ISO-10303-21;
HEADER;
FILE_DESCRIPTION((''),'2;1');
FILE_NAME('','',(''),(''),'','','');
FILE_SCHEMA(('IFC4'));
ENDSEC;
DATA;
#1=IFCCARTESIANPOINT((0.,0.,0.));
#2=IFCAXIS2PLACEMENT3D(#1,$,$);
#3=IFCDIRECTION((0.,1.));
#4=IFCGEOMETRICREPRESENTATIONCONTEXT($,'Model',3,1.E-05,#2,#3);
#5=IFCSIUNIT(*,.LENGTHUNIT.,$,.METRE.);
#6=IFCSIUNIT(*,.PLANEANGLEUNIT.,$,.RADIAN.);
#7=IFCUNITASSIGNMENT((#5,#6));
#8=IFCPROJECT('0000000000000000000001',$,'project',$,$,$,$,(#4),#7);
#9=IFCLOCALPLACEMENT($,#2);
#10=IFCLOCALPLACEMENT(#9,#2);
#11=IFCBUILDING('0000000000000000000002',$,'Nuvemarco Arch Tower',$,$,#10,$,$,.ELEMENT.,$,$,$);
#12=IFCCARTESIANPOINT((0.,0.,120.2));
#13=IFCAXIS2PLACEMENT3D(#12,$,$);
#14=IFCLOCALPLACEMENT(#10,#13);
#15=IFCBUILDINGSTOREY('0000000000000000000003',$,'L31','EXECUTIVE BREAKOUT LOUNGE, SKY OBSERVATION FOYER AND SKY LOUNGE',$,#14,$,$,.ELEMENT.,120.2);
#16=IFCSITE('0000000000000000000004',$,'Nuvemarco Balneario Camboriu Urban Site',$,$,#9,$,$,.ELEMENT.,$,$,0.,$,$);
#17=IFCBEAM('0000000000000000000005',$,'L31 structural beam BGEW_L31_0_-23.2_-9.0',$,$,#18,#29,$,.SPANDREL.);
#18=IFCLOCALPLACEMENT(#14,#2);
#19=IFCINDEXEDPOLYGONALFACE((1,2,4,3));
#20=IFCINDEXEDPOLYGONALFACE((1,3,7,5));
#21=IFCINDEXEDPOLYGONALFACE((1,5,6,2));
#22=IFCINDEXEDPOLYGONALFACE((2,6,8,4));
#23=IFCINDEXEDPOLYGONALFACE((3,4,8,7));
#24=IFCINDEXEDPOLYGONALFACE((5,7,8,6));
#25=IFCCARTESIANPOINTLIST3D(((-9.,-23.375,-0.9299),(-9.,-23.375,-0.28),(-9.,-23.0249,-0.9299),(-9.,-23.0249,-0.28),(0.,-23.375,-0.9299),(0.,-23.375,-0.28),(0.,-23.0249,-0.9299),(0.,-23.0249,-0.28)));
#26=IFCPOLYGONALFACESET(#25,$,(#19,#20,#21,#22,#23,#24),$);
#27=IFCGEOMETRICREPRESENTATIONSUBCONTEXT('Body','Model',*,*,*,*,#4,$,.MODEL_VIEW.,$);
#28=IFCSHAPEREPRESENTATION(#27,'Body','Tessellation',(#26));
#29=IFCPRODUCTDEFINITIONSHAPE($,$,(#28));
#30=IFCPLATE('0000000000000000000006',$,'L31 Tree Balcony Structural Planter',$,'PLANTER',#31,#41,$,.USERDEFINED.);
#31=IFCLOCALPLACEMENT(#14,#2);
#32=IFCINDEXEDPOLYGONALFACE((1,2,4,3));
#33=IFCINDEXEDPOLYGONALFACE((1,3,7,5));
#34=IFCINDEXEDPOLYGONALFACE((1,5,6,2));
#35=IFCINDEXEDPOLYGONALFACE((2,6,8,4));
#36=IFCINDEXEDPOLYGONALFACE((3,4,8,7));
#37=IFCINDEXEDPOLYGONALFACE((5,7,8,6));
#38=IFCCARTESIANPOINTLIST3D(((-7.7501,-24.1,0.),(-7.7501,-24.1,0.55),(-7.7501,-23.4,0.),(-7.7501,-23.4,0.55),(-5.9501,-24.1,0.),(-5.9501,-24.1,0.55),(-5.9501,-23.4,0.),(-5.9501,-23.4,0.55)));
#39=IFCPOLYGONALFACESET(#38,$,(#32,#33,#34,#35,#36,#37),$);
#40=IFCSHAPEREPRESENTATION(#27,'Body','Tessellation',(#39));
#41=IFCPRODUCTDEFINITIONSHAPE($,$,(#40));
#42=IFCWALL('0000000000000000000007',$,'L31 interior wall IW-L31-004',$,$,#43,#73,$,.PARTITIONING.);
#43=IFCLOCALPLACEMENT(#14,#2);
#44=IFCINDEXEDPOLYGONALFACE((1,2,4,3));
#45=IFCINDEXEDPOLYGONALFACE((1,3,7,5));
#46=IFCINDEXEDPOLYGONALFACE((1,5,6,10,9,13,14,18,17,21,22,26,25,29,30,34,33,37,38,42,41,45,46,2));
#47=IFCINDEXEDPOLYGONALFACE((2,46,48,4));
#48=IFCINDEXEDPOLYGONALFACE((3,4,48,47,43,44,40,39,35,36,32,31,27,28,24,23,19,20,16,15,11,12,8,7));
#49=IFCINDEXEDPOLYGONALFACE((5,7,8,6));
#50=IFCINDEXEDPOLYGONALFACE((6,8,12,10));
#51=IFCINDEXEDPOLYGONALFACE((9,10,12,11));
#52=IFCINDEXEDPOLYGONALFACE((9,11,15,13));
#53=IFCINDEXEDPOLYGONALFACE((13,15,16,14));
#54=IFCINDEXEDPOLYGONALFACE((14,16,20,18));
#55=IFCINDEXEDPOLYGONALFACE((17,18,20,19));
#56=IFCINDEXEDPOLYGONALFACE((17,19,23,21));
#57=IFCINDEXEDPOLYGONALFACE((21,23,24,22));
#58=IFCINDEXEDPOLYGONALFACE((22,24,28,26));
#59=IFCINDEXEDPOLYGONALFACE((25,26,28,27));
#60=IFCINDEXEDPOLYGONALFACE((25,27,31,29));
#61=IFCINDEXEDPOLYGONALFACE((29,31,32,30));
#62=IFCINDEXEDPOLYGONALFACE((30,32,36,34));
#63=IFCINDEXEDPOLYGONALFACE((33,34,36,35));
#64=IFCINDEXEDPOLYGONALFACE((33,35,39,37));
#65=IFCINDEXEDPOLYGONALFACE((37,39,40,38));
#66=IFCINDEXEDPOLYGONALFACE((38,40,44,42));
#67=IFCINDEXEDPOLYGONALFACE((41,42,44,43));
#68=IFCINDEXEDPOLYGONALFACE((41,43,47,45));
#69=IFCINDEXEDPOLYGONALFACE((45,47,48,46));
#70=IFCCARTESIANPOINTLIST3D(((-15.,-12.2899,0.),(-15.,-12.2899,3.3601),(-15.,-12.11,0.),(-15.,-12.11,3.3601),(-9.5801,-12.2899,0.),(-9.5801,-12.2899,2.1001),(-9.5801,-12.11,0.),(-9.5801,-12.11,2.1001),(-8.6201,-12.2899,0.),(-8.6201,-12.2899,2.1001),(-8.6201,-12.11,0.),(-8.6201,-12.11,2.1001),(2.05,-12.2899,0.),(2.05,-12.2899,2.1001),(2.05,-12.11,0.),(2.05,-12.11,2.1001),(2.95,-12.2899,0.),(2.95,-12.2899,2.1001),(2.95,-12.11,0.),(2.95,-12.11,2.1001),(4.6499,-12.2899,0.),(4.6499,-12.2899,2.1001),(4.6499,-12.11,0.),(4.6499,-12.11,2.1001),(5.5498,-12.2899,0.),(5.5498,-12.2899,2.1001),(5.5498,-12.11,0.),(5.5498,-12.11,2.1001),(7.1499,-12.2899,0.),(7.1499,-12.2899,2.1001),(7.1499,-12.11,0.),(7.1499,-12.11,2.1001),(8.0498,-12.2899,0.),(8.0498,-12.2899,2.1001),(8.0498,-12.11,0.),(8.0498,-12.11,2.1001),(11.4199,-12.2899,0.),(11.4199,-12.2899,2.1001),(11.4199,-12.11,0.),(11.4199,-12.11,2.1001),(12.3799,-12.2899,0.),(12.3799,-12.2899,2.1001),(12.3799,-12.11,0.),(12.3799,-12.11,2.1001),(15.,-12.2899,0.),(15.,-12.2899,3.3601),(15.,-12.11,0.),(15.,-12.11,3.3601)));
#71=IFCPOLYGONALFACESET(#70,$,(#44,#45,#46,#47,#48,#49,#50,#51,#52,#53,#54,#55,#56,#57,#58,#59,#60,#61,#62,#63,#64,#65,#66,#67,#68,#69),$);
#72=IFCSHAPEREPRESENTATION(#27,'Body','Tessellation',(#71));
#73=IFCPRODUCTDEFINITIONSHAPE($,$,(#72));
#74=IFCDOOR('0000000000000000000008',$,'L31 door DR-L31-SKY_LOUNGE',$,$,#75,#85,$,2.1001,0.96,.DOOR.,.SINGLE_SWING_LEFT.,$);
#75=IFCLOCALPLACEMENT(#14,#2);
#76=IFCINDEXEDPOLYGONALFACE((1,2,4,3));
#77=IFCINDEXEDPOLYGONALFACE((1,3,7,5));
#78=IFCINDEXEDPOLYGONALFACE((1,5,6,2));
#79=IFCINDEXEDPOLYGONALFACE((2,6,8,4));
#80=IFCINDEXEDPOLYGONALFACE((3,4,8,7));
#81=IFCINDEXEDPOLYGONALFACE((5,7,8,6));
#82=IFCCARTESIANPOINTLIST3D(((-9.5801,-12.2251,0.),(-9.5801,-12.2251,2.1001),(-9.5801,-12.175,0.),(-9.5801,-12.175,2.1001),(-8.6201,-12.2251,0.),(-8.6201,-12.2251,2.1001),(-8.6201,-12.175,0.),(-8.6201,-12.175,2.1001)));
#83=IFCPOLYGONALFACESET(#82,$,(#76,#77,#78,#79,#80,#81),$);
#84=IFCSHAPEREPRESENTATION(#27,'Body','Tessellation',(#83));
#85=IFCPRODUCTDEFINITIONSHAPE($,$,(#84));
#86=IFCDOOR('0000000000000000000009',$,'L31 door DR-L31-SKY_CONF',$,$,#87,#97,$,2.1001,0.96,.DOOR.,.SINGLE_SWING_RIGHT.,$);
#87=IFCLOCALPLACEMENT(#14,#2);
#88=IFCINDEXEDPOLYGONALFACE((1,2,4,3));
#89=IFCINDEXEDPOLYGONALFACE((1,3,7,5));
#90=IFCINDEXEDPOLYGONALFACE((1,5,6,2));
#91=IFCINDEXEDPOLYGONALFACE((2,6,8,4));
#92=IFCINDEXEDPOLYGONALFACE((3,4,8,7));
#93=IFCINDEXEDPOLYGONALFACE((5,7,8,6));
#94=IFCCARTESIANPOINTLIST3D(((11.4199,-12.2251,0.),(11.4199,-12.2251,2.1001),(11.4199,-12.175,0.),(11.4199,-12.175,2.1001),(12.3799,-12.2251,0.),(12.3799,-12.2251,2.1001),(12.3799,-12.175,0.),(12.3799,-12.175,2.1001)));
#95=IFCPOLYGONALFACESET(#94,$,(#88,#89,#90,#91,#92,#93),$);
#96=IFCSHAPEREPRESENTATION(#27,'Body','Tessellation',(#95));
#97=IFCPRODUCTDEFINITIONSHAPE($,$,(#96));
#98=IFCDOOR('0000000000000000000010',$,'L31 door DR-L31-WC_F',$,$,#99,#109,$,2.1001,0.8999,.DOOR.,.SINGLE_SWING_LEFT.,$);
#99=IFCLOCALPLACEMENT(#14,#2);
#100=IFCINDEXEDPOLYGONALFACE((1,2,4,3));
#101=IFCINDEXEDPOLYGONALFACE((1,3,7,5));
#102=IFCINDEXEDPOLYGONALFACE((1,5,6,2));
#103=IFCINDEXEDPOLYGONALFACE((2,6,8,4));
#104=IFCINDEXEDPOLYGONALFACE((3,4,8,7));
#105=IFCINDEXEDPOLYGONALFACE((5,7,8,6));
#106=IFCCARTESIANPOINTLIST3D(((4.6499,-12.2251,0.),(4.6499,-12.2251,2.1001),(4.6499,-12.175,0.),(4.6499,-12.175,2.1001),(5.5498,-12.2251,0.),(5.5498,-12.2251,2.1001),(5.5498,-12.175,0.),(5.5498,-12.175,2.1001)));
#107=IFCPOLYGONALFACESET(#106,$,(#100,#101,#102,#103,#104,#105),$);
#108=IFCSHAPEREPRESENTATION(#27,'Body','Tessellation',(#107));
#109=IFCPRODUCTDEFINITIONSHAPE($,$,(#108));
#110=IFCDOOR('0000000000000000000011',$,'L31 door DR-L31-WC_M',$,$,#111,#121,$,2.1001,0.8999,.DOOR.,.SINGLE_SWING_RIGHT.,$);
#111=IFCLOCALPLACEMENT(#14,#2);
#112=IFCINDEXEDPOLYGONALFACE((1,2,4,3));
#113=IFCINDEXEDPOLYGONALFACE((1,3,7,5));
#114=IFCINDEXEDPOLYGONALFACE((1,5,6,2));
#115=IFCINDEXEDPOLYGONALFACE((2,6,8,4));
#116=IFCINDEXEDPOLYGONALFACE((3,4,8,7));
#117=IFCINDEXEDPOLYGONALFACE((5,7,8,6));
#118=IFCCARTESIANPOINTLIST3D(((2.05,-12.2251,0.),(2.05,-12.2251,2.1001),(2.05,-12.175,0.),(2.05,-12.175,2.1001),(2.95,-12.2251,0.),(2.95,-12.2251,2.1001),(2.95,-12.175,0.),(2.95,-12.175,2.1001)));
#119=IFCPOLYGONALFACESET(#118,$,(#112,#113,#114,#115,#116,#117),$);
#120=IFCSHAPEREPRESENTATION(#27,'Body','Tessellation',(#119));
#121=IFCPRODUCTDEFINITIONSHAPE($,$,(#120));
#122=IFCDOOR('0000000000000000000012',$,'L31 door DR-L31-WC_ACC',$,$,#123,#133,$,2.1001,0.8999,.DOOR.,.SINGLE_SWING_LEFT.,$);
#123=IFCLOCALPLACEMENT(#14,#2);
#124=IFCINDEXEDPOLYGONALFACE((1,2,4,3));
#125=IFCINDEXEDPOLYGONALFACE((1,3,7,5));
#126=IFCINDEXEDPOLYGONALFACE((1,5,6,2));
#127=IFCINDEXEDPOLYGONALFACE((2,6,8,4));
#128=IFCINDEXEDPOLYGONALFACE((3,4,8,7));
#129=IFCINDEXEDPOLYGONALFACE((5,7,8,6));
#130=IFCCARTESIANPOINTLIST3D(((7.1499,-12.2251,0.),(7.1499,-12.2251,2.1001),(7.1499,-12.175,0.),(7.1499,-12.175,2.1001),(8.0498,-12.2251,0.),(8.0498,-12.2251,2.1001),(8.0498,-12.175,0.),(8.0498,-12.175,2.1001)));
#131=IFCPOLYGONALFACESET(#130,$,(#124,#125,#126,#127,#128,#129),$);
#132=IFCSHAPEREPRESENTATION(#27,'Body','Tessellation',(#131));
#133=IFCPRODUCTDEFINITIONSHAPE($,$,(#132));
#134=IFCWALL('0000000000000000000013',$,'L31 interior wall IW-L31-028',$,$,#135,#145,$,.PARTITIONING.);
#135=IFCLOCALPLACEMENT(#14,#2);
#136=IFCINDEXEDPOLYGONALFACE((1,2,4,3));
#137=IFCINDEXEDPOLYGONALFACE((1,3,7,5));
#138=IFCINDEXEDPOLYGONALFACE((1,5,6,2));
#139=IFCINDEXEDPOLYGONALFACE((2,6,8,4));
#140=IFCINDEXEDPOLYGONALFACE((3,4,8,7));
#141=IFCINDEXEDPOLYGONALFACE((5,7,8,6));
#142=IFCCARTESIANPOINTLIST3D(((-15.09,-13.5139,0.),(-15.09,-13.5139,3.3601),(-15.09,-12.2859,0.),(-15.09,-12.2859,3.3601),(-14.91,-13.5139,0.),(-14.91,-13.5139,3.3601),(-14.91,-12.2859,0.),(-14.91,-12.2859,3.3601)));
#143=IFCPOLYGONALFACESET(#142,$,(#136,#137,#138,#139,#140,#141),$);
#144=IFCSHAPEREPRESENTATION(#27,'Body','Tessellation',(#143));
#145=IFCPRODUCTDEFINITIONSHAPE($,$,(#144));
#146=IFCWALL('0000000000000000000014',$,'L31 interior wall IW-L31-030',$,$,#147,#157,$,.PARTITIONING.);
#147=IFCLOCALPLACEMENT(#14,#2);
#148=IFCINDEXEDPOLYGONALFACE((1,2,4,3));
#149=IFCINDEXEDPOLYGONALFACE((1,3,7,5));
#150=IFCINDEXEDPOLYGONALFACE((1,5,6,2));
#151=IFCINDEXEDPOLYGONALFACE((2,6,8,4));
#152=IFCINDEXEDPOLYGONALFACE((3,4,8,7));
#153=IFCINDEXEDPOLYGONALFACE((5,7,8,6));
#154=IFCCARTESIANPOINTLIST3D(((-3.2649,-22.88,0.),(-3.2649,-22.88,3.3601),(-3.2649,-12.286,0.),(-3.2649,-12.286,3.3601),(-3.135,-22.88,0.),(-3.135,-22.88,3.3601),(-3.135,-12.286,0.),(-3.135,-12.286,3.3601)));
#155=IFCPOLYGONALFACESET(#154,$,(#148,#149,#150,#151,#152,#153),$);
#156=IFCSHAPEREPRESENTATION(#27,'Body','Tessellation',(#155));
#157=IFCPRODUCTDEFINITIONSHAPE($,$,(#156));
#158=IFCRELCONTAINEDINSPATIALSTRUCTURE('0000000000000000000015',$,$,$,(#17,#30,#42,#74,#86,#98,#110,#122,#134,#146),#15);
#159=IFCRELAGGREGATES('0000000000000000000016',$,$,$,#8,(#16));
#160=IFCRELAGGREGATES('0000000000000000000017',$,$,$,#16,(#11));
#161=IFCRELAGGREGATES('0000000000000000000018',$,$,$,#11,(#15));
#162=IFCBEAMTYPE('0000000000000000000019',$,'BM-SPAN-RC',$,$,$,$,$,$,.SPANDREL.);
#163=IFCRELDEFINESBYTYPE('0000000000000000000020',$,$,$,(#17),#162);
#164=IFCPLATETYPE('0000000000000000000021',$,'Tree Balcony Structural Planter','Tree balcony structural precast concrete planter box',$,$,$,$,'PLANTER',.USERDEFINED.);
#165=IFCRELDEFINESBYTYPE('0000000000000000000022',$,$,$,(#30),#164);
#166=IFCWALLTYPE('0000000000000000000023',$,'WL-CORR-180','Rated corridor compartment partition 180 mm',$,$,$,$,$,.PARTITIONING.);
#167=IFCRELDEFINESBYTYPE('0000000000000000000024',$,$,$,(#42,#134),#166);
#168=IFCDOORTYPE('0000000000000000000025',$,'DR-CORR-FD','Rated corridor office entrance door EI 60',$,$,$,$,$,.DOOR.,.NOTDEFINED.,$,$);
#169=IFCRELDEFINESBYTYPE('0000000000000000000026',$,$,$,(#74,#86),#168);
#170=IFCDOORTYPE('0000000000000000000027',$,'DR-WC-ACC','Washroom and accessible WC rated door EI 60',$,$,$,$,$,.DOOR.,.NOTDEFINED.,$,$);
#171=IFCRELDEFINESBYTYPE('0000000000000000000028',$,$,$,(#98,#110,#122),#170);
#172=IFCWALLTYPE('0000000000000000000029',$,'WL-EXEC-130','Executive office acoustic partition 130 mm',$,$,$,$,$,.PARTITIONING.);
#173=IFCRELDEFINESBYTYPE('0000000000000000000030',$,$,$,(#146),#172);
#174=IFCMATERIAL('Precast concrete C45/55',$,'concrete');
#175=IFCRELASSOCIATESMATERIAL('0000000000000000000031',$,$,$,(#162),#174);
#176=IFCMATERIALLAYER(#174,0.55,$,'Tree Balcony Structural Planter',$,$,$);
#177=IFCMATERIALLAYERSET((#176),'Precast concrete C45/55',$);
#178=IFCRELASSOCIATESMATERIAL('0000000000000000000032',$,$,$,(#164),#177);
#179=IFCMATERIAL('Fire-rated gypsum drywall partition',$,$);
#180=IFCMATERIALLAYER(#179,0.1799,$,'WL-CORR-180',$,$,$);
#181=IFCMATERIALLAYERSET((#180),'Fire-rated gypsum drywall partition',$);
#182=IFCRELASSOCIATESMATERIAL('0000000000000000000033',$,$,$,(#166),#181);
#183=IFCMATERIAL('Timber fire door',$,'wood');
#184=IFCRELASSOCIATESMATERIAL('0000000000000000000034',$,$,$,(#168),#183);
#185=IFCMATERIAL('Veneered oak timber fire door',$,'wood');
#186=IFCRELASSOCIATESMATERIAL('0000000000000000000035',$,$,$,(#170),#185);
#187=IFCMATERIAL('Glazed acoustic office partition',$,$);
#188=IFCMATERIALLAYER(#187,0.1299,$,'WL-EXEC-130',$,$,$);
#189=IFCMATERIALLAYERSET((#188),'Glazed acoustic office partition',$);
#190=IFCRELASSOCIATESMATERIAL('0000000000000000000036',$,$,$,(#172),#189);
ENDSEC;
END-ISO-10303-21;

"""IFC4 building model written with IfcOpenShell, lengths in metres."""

from ifc_helpers import new_model, si_unit, direction, frame, frame_2d, origin, origin_2d, place, context, subcontext, project, spatial, rectangle, extrude, source, transform, mapped, material, layer, layer_set, material_profile, profile_set, type_object, type_shapes, element, fill, save


model = new_model("IFC4")

# Units and contexts
model_context = context("Model", 3, precision=1e-05, world=origin(), true_north=direction((0.0, 1.0)))
body_context = subcontext(model_context, "Body", "Model", "MODEL_VIEW")
ifc_project = project(units=[si_unit("LENGTHUNIT", "METRE"), si_unit("PLANEANGLEUNIT", "RADIAN")], contexts=[model_context])

# Site, building, storey
site_placement = place(None, origin())
site = spatial("IfcSite", under=ifc_project, at=site_placement, Name="Nuvemarco Balneario Camboriu Urban Site", CompositionType="ELEMENT", RefElevation=0.0)
building_placement = place(site_placement, origin())
building = spatial("IfcBuilding", under=site, at=building_placement, Name="Nuvemarco Arch Tower", CompositionType="ELEMENT")
storey_placement = place(building_placement, frame((0.0, 0.0, 120.2)))
storey = spatial("IfcBuildingStorey", under=building, at=storey_placement, Name="L31", Description="EXECUTIVE BREAKOUT LOUNGE, SKY OBSERVATION FOYER AND SKY LOUNGE", CompositionType="ELEMENT", Elevation=120.2)

# Beam
ifc_material_1 = material(Name="Precast concrete C45/55", Category="concrete")
ifc_material_profile_1 = material_profile(ifc_material_1, rectangle(XDim=0.3501, YDim=0.6499, at=origin_2d()), Name="PC-SP-350x650")
ifc_profile_set_1 = profile_set([ifc_material_profile_1], Name="Precast concrete C45/55")
beam_type_1 = type_object("IfcBeamType", Name="BM-SPAN-RC", PredefinedType="SPANDREL", material=ifc_profile_set_1)
beam_1_placement = place(storey_placement, frame((-9.0, -23.2, -0.605), z_axis=(1.0, 0.0, 0.0), x_axis=(0.0, 1.0, 0.0)))
element("IfcBeam", 1, at=beam_1_placement, inside=storey, type_object=beam_type_1, Name="L31 structural beam BGEW_L31_0_-23.2_-9.0", PredefinedType="SPANDREL", context=body_context, shape_type="SweptSolid", body=[
    extrude(rectangle(XDim=0.3501, YDim=0.6499, at=origin_2d()), origin(), (0.0, 0.0, 1.0), 9.0),
])

# Plate
ifc_layer_1 = layer(ifc_material_1, 0.55, Name="Tree Balcony Structural Planter")
ifc_layer_set_1 = layer_set([ifc_layer_1], Name="Precast concrete C45/55")
plate_type = type_object("IfcPlateType", Name="Tree Balcony Structural Planter", Description="Tree balcony structural precast concrete planter box", ElementType="PLANTER", PredefinedType="USERDEFINED", material=ifc_layer_set_1)
shared_shape_1 = source(origin(), body_context, "Body", "SweptSolid", [
    extrude(rectangle(XDim=1.8, YDim=0.7, at=origin_2d()), origin(), (0.0, 0.0, 1.0), 0.55),
])
type_shapes(plate_type, [shared_shape_1])
plate_placement = place(storey_placement, frame((-6.8501, -23.75, 0.0), z_axis=(0.0, 0.0, 1.0), x_axis=(1.0, 0.0, 0.0)))
element("IfcPlate", 2, at=plate_placement, inside=storey, type_object=plate_type, Name="L31 Tree Balcony Structural Planter", ObjectType="PLANTER", PredefinedType="USERDEFINED", context=body_context, shape_type="MappedRepresentation", body=[
    mapped(shared_shape_1, transform((0.0, 0.0, 0.0), scale=1.0)),
])

# Wall, openings, doors
ifc_material_2 = material(Name="Fire-rated gypsum drywall partition")
ifc_layer_2 = layer(ifc_material_2, 0.1799, Name="WL-CORR-180")
ifc_layer_set_2 = layer_set([ifc_layer_2], Name="Fire-rated gypsum drywall partition")
wall_type_1 = type_object("IfcWallType", Name="WL-CORR-180", Description="Rated corridor compartment partition 180 mm", PredefinedType="PARTITIONING", material=ifc_layer_set_2)
wall_1_placement = place(storey_placement, frame((-15.0, -12.2, 0.0), z_axis=(0.0, 0.0, 1.0), x_axis=(1.0, 0.0, 0.0)))
wall_1 = element("IfcWall", 3, at=wall_1_placement, inside=storey, type_object=wall_type_1, Name="L31 interior wall IW-L31-004", PredefinedType="PARTITIONING", context=body_context, shape_type="SweptSolid", body=[
    extrude(rectangle(XDim=30.0, YDim=0.1799, at=frame_2d((15.0, 0.0))), origin(), (0.0, 0.0, 1.0), 3.3601),
])
opening_1_placement = place(wall_1_placement, frame((5.4199, 0.0, 0.0)))
opening_1 = element("IfcOpeningElement", 4, at=opening_1_placement, cuts=wall_1, PredefinedType="OPENING", context=body_context, shape_type="SweptSolid", body=[
    extrude(rectangle(XDim=0.96, YDim=2.1001, at=frame_2d((0.48, 1.05))), frame((0.0, 0.0999, 0.0), z_axis=(0.0, -1.0, 0.0), x_axis=(1.0, 0.0, 0.0)), (0.0, 0.0, 1.0), 0.2),
])
opening_2_placement = place(wall_1_placement, frame((26.4199, 0.0, 0.0)))
opening_2 = element("IfcOpeningElement", 5, at=opening_2_placement, cuts=wall_1, PredefinedType="OPENING", context=body_context, shape_type="SweptSolid", body=[
    extrude(rectangle(XDim=0.96, YDim=2.1001, at=frame_2d((0.48, 1.05))), frame((0.0, 0.0999, 0.0), z_axis=(0.0, -1.0, 0.0), x_axis=(1.0, 0.0, 0.0)), (0.0, 0.0, 1.0), 0.2),
])
opening_3_placement = place(wall_1_placement, frame((19.6499, 0.0, 0.0)))
opening_3 = element("IfcOpeningElement", 6, at=opening_3_placement, cuts=wall_1, PredefinedType="OPENING", context=body_context, shape_type="SweptSolid", body=[
    extrude(rectangle(XDim=0.8999, YDim=2.1001, at=frame_2d((0.45, 1.05))), frame((0.0, 0.0999, 0.0), z_axis=(0.0, -1.0, 0.0), x_axis=(1.0, 0.0, 0.0)), (0.0, 0.0, 1.0), 0.2),
])
opening_4_placement = place(wall_1_placement, frame((17.05, 0.0, 0.0)))
opening_4 = element("IfcOpeningElement", 7, at=opening_4_placement, cuts=wall_1, PredefinedType="OPENING", context=body_context, shape_type="SweptSolid", body=[
    extrude(rectangle(XDim=0.8999, YDim=2.1001, at=frame_2d((0.45, 1.05))), frame((0.0, 0.0999, 0.0), z_axis=(0.0, -1.0, 0.0), x_axis=(1.0, 0.0, 0.0)), (0.0, 0.0, 1.0), 0.2),
])
opening_5_placement = place(wall_1_placement, frame((22.1499, 0.0, 0.0)))
opening_5 = element("IfcOpeningElement", 8, at=opening_5_placement, cuts=wall_1, PredefinedType="OPENING", context=body_context, shape_type="SweptSolid", body=[
    extrude(rectangle(XDim=0.8999, YDim=2.1001, at=frame_2d((0.45, 1.05))), frame((0.0, 0.0999, 0.0), z_axis=(0.0, -1.0, 0.0), x_axis=(1.0, 0.0, 0.0)), (0.0, 0.0, 1.0), 0.2),
])
ifc_material_3 = material(Name="Timber fire door", Category="wood")
door_type_1 = type_object("IfcDoorType", Name="DR-CORR-FD", Description="Rated corridor office entrance door EI 60", OperationType="NOTDEFINED", PredefinedType="DOOR", material=ifc_material_3)
shared_shape_2 = source(origin(), body_context, "Body", "SweptSolid", [
    extrude(rectangle(XDim=0.96, YDim=2.1001, at=frame_2d((0.48, 1.05))), frame((0.0, 0.0249, 0.0), z_axis=(0.0, -1.0, 0.0), x_axis=(1.0, 0.0, 0.0)), (0.0, 0.0, 1.0), 0.05),
])
type_shapes(door_type_1, [shared_shape_2])
door_1_placement = place(opening_1_placement, origin())
door_1 = element("IfcDoor", 9, at=door_1_placement, inside=storey, type_object=door_type_1, Name="L31 door DR-L31-SKY_LOUNGE", OperationType="SINGLE_SWING_LEFT", OverallHeight=2.1001, OverallWidth=0.96, PredefinedType="DOOR", context=body_context, shape_type="MappedRepresentation", body=[
    mapped(shared_shape_2, transform((0.0, 0.0, 0.0), scale=1.0)),
])
fill(opening_1, door_1)
door_2_placement = place(opening_2_placement, origin())
door_2 = element("IfcDoor", 10, at=door_2_placement, inside=storey, type_object=door_type_1, Name="L31 door DR-L31-SKY_CONF", OperationType="SINGLE_SWING_RIGHT", OverallHeight=2.1001, OverallWidth=0.96, PredefinedType="DOOR", context=body_context, shape_type="MappedRepresentation", body=[
    mapped(shared_shape_2, transform((0.0, 0.0, 0.0), scale=1.0)),
])
fill(opening_2, door_2)
ifc_material_4 = material(Name="Veneered oak timber fire door", Category="wood")
door_type_2 = type_object("IfcDoorType", Name="DR-WC-ACC", Description="Washroom and accessible WC rated door EI 60", OperationType="NOTDEFINED", PredefinedType="DOOR", material=ifc_material_4)
shared_shape_3 = source(origin(), body_context, "Body", "SweptSolid", [
    extrude(rectangle(XDim=0.8999, YDim=2.1001, at=frame_2d((0.45, 1.05))), frame((0.0, 0.0249, 0.0), z_axis=(0.0, -1.0, 0.0), x_axis=(1.0, 0.0, 0.0)), (0.0, 0.0, 1.0), 0.05),
])
type_shapes(door_type_2, [shared_shape_3])
door_3_placement = place(opening_3_placement, origin())
door_3 = element("IfcDoor", 11, at=door_3_placement, inside=storey, type_object=door_type_2, Name="L31 door DR-L31-WC_F", OperationType="SINGLE_SWING_LEFT", OverallHeight=2.1001, OverallWidth=0.8999, PredefinedType="DOOR", context=body_context, shape_type="MappedRepresentation", body=[
    mapped(shared_shape_3, transform((0.0, 0.0, 0.0), scale=1.0)),
])
fill(opening_3, door_3)
door_4_placement = place(opening_4_placement, origin())
door_4 = element("IfcDoor", 12, at=door_4_placement, inside=storey, type_object=door_type_2, Name="L31 door DR-L31-WC_M", OperationType="SINGLE_SWING_RIGHT", OverallHeight=2.1001, OverallWidth=0.8999, PredefinedType="DOOR", context=body_context, shape_type="MappedRepresentation", body=[
    mapped(shared_shape_3, transform((0.0, 0.0, 0.0), scale=1.0)),
])
fill(opening_4, door_4)
door_5_placement = place(opening_5_placement, origin())
door_5 = element("IfcDoor", 13, at=door_5_placement, inside=storey, type_object=door_type_2, Name="L31 door DR-L31-WC_ACC", OperationType="SINGLE_SWING_LEFT", OverallHeight=2.1001, OverallWidth=0.8999, PredefinedType="DOOR", context=body_context, shape_type="MappedRepresentation", body=[
    mapped(shared_shape_3, transform((0.0, 0.0, 0.0), scale=1.0)),
])
fill(opening_5, door_5)

# Walls
wall_2_placement = place(storey_placement, frame((-15.0, -13.5139, 0.0), z_axis=(0.0, 0.0, 1.0), x_axis=(0.0, 1.0, 0.0)))
element("IfcWall", 14, at=wall_2_placement, inside=storey, type_object=wall_type_1, Name="L31 interior wall IW-L31-028", PredefinedType="PARTITIONING", context=body_context, shape_type="SweptSolid", body=[
    extrude(rectangle(XDim=1.228, YDim=0.1799, at=frame_2d((0.614, 0.0))), origin(), (0.0, 0.0, 1.0), 3.3601),
])
ifc_material_5 = material(Name="Glazed acoustic office partition")
ifc_layer_3 = layer(ifc_material_5, 0.1299, Name="WL-EXEC-130")
ifc_layer_set_3 = layer_set([ifc_layer_3], Name="Glazed acoustic office partition")
wall_type_2 = type_object("IfcWallType", Name="WL-EXEC-130", Description="Executive office acoustic partition 130 mm", PredefinedType="PARTITIONING", material=ifc_layer_set_3)
wall_3_placement = place(storey_placement, frame((-3.2, -22.8799, 0.0), z_axis=(0.0, 0.0, 1.0), x_axis=(0.0, 1.0, 0.0)))
element("IfcWall", 15, at=wall_3_placement, inside=storey, type_object=wall_type_2, Name="L31 interior wall IW-L31-030", PredefinedType="PARTITIONING", context=body_context, shape_type="SweptSolid", body=[
    extrude(rectangle(XDim=10.594, YDim=0.1299, at=frame_2d((5.2969, 0.0))), origin(), (0.0, 0.0, 1.0), 3.3601),
])

save(model, "model.ifc")
